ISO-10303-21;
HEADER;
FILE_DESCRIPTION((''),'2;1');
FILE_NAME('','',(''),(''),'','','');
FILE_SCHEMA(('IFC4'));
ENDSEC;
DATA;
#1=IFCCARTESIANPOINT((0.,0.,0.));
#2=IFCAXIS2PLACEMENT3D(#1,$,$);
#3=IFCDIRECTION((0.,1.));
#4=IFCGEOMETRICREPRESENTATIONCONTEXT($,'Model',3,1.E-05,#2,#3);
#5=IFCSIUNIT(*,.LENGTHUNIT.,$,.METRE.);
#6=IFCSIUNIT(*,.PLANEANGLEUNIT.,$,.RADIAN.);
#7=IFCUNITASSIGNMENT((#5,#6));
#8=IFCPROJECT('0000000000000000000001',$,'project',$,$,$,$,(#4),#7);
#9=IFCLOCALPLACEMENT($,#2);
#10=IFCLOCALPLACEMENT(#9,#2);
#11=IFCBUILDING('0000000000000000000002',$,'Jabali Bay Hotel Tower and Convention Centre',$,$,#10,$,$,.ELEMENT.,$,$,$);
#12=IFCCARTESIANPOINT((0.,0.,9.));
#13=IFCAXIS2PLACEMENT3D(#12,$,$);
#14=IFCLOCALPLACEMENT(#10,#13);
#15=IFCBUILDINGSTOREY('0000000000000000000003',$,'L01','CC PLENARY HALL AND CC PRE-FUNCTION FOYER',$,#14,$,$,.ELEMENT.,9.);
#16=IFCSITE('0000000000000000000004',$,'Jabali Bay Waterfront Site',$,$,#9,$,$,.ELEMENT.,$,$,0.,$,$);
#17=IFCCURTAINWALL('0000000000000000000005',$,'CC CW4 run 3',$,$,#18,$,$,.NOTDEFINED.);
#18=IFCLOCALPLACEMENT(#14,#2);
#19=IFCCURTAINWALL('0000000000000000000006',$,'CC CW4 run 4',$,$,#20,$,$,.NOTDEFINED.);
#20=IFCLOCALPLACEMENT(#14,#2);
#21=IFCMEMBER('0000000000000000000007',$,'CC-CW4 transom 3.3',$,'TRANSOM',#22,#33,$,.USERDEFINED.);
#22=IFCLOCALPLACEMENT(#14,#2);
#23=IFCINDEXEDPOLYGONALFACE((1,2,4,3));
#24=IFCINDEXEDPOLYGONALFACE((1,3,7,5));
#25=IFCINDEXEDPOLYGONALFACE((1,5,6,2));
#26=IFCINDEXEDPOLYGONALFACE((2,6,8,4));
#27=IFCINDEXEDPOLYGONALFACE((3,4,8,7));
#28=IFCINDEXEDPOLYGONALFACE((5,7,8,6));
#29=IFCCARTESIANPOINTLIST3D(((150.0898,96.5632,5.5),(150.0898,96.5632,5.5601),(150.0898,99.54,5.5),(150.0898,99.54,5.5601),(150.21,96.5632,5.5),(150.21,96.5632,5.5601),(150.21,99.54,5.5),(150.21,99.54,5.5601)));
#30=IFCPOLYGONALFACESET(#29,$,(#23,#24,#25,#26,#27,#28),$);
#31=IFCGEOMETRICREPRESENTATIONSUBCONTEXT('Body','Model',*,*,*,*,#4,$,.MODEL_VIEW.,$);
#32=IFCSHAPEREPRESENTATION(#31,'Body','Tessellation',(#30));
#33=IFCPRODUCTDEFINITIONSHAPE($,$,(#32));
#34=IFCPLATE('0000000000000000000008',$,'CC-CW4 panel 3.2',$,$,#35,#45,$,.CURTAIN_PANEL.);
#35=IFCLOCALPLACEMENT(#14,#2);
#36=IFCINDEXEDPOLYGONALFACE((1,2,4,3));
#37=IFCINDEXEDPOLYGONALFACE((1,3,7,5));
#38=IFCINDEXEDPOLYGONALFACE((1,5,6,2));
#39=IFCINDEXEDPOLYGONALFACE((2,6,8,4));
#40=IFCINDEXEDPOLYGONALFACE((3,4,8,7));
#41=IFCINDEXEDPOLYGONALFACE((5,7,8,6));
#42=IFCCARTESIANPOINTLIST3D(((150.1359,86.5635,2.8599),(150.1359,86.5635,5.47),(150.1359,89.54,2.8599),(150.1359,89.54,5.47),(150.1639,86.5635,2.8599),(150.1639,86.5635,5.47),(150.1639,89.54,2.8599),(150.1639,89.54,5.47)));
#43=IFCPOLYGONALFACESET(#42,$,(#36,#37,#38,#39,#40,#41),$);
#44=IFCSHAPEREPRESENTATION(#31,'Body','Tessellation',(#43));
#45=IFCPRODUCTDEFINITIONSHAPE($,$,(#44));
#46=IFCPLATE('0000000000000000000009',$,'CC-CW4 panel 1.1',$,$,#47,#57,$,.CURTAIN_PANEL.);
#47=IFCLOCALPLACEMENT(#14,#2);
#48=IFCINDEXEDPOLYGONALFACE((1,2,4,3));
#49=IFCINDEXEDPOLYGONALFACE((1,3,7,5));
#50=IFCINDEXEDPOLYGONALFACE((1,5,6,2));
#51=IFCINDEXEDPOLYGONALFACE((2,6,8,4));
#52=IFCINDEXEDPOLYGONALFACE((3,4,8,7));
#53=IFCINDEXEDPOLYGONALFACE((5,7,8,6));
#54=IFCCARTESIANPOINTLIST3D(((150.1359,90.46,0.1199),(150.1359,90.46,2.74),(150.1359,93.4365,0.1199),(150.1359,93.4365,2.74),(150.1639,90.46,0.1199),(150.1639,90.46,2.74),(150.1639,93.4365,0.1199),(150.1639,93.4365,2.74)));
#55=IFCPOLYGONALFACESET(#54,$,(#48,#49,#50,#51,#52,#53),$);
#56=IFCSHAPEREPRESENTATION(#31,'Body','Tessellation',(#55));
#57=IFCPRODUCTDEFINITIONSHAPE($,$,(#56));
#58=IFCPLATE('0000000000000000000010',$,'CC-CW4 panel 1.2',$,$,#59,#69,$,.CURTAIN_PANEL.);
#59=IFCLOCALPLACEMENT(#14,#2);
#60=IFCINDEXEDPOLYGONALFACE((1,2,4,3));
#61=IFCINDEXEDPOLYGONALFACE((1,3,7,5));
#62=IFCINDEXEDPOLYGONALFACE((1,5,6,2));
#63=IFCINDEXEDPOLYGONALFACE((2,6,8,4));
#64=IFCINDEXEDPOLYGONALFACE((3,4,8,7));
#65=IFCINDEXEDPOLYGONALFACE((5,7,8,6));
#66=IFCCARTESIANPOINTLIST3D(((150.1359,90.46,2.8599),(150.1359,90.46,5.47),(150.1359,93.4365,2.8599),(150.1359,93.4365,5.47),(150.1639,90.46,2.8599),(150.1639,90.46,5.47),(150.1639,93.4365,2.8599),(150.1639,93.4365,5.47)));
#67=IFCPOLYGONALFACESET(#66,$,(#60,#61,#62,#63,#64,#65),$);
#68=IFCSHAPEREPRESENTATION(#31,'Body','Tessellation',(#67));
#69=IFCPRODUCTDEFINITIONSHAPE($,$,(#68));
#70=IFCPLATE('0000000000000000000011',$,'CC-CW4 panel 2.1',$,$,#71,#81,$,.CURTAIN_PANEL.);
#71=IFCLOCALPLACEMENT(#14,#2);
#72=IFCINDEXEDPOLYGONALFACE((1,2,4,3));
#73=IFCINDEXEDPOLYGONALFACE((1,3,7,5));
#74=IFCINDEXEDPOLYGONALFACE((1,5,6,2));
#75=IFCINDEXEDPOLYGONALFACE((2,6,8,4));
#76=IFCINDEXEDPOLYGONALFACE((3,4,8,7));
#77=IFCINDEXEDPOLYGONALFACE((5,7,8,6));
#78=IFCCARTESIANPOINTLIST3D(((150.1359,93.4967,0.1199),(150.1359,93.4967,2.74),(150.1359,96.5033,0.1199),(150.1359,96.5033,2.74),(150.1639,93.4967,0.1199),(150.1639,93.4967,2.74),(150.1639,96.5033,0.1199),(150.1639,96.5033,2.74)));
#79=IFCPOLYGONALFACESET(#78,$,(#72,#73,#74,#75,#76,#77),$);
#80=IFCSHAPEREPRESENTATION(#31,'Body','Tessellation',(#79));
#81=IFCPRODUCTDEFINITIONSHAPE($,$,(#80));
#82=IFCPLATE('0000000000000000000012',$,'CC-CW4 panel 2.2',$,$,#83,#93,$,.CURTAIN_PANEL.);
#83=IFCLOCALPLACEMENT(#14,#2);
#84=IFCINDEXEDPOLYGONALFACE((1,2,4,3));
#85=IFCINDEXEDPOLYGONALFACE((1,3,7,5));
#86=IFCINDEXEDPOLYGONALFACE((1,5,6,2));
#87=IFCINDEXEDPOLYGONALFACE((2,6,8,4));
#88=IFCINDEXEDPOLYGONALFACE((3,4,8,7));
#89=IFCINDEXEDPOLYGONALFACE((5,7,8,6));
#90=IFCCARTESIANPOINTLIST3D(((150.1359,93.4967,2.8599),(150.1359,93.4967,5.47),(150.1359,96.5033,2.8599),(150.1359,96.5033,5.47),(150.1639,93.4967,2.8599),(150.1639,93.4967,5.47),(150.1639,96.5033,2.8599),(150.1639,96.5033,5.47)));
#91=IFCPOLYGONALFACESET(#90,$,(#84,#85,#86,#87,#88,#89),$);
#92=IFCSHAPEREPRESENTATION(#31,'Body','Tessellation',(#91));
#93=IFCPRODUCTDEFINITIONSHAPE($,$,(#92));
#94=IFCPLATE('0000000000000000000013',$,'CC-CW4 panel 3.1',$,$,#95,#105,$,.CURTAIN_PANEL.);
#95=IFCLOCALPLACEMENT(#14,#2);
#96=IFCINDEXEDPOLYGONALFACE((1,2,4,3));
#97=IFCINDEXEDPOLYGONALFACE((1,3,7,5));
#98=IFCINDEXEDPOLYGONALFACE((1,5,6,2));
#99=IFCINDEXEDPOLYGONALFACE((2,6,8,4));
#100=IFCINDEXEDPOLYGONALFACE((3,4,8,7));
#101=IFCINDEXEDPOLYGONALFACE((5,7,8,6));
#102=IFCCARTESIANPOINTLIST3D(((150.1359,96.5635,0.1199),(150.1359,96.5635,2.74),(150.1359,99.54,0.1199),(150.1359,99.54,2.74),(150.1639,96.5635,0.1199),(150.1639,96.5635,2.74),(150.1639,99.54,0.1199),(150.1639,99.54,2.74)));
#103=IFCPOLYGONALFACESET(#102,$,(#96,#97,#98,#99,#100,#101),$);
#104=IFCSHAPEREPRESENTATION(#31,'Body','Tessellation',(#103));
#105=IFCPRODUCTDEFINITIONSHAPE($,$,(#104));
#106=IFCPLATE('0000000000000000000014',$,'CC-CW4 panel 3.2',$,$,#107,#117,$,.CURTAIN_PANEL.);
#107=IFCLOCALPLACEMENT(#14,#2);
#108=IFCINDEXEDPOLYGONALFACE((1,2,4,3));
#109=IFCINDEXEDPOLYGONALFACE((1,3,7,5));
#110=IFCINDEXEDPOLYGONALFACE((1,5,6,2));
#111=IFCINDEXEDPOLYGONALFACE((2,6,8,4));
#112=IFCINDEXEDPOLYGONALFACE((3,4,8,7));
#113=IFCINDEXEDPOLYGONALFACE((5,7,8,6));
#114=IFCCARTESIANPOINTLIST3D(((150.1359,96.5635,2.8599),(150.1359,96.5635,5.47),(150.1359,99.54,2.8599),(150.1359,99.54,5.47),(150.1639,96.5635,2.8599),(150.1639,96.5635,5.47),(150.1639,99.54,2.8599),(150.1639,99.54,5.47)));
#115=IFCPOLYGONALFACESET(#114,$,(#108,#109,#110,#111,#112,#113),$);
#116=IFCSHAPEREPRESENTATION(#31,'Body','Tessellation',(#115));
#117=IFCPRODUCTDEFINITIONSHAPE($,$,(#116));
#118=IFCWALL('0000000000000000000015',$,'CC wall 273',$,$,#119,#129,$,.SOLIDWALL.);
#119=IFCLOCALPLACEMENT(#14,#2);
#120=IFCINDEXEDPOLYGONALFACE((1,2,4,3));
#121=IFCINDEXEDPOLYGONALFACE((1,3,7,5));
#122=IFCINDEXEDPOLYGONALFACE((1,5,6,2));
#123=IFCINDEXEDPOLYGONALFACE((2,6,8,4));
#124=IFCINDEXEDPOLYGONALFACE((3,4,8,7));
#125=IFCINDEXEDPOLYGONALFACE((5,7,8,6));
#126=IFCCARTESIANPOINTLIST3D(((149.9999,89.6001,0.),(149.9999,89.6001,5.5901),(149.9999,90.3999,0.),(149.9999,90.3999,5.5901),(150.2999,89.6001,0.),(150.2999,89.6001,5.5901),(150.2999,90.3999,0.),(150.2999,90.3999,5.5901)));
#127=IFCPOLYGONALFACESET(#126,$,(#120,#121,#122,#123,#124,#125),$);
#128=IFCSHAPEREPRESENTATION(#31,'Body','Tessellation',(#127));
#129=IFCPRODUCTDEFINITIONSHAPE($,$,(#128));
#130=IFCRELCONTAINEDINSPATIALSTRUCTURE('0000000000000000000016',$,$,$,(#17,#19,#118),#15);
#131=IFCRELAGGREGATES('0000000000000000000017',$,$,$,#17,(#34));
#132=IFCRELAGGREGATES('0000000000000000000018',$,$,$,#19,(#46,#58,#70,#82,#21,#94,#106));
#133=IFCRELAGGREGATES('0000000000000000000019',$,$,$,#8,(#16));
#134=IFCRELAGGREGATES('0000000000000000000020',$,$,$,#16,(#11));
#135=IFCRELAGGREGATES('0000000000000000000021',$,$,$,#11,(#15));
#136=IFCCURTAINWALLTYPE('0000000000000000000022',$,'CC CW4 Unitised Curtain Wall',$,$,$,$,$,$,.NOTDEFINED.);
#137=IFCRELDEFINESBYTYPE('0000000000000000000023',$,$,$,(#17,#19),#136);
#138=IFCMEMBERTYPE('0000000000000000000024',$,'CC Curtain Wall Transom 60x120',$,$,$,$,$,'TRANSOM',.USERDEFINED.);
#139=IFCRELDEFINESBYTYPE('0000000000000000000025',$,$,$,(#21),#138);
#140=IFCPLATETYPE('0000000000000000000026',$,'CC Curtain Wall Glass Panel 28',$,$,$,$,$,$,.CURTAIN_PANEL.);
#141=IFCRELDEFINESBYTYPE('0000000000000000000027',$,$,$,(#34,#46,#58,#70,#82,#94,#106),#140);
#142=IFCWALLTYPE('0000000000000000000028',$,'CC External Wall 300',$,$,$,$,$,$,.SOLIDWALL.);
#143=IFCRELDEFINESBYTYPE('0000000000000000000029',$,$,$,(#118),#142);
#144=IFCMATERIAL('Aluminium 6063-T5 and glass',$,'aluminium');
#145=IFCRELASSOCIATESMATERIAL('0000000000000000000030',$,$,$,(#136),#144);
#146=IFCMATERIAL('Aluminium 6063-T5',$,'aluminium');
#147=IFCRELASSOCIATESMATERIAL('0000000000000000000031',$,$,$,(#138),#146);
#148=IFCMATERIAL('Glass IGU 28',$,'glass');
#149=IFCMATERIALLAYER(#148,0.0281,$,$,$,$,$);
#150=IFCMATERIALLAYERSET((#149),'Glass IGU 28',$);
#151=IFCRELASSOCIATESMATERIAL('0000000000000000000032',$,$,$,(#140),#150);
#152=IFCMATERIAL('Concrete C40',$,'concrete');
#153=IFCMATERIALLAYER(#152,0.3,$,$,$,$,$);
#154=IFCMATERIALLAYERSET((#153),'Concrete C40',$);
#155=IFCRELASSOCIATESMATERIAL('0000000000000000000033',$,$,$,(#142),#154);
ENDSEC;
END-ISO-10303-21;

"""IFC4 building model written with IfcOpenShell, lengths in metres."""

from ifc_helpers import new_model, si_unit, direction, frame, frame_2d, origin, origin_2d, place, context, subcontext, project, spatial, rectangle, extrude, material, layer, layer_set, material_profile, profile_set, type_object, element, aggregate, save


model = new_model("IFC4")

# Units and contexts
model_context = context("Model", 3, precision=1e-05, world=origin(), true_north=direction((0.0, 1.0)))
body_context = subcontext(model_context, "Body", "Model", "MODEL_VIEW")
ifc_project = project(units=[si_unit("LENGTHUNIT", "METRE"), si_unit("PLANEANGLEUNIT", "RADIAN")], contexts=[model_context])

# Site, building, storey
site_placement = place(None, origin())
site = spatial("IfcSite", under=ifc_project, at=site_placement, Name="Jabali Bay Waterfront Site", CompositionType="ELEMENT", RefElevation=0.0)
building_placement = place(site_placement, origin())
building = spatial("IfcBuilding", under=site, at=building_placement, Name="Jabali Bay Hotel Tower and Convention Centre", CompositionType="ELEMENT")
storey_placement = place(building_placement, frame((0.0, 0.0, 9.0)))
storey = spatial("IfcBuildingStorey", under=building, at=storey_placement, Name="L01", Description="CC PLENARY HALL AND CC PRE-FUNCTION FOYER", CompositionType="ELEMENT", Elevation=9.0)

# Shared definitions
ifc_material_1 = material(Name="Concrete C40", Category="concrete")

# Curtain wall
ifc_material_2 = material(Name="Aluminium 6063-T5 and glass", Category="aluminium")
curtain_wall_type = type_object("IfcCurtainWallType", Name="CC CW4 Unitised Curtain Wall", PredefinedType="NOTDEFINED", material=ifc_material_2)
curtain_wall_1_placement = place(storey_placement, origin())
curtain_wall_1 = element("IfcCurtainWall", 1, at=curtain_wall_1_placement, inside=storey, type_object=curtain_wall_type, Name="CC CW4 run 3", PredefinedType="NOTDEFINED")
ifc_material_3 = material(Name="Aluminium 6063-T5", Category="aluminium")

# Curtain wall, member
curtain_wall_2_placement = place(storey_placement, origin())
curtain_wall_2 = element("IfcCurtainWall", 2, at=curtain_wall_2_placement, inside=storey, type_object=curtain_wall_type, Name="CC CW4 run 4", PredefinedType="NOTDEFINED")
ifc_material_profile_1 = material_profile(ifc_material_3, rectangle(XDim=0.1201, YDim=0.0601, at=origin_2d()), Name="AL 120x60")
ifc_profile_set_1 = profile_set([ifc_material_profile_1], Name="Aluminium 6063-T5")
member_type_1 = type_object("IfcMemberType", Name="CC Curtain Wall Transom 60x120", ElementType="TRANSOM", PredefinedType="USERDEFINED", material=ifc_profile_set_1)
member_1_placement = place(storey_placement, frame((150.1499, 96.5632, 5.53), z_axis=(0.0, 1.0, 0.0), x_axis=(-1.0, 0.0, 0.0)))
member_1 = element("IfcMember", 3, at=member_1_placement, type_object=member_type_1, Name="CC-CW4 transom 3.3", ObjectType="TRANSOM", PredefinedType="USERDEFINED", context=body_context, shape_type="SweptSolid", body=[
    extrude(rectangle(XDim=0.1201, YDim=0.0601, at=origin_2d()), origin(), (0.0, 0.0, 1.0), 2.9768),
])

# Plates
ifc_material_4 = material(Name="Glass IGU 28", Category="glass")
ifc_layer_1 = layer(ifc_material_4, 0.0281)
ifc_layer_set_1 = layer_set([ifc_layer_1], Name="Glass IGU 28")
plate_type = type_object("IfcPlateType", Name="CC Curtain Wall Glass Panel 28", PredefinedType="CURTAIN_PANEL", material=ifc_layer_set_1)
plate_1_placement = place(storey_placement, frame((150.1499, 88.0518, 2.8599), z_axis=(0.0, 0.0, 1.0), x_axis=(0.0, 1.0, 0.0)))
plate_1 = element("IfcPlate", 4, at=plate_1_placement, type_object=plate_type, Name="CC-CW4 panel 3.2", PredefinedType="CURTAIN_PANEL", context=body_context, shape_type="SweptSolid", body=[
    extrude(rectangle(XDim=2.9766, YDim=0.0281, at=origin_2d()), origin(), (0.0, 0.0, 1.0), 2.6101),
])
aggregate(curtain_wall_1, [plate_1])
plate_2_placement = place(storey_placement, frame((150.1499, 91.9482, 0.1199), z_axis=(0.0, 0.0, 1.0), x_axis=(0.0, 1.0, 0.0)))
plate_2 = element("IfcPlate", 5, at=plate_2_placement, type_object=plate_type, Name="CC-CW4 panel 1.1", PredefinedType="CURTAIN_PANEL", context=body_context, shape_type="SweptSolid", body=[
    extrude(rectangle(XDim=2.9766, YDim=0.0281, at=origin_2d()), origin(), (0.0, 0.0, 1.0), 2.6201),
])
plate_3_placement = place(storey_placement, frame((150.1499, 91.9482, 2.8599), z_axis=(0.0, 0.0, 1.0), x_axis=(0.0, 1.0, 0.0)))
plate_3 = element("IfcPlate", 6, at=plate_3_placement, type_object=plate_type, Name="CC-CW4 panel 1.2", PredefinedType="CURTAIN_PANEL", context=body_context, shape_type="SweptSolid", body=[
    extrude(rectangle(XDim=2.9766, YDim=0.0281, at=origin_2d()), origin(), (0.0, 0.0, 1.0), 2.6101),
])
plate_4_placement = place(storey_placement, frame((150.1499, 95.0, 0.1199), z_axis=(0.0, 0.0, 1.0), x_axis=(0.0, 1.0, 0.0)))
plate_4 = element("IfcPlate", 7, at=plate_4_placement, type_object=plate_type, Name="CC-CW4 panel 2.1", PredefinedType="CURTAIN_PANEL", context=body_context, shape_type="SweptSolid", body=[
    extrude(rectangle(XDim=3.0066, YDim=0.0281, at=origin_2d()), origin(), (0.0, 0.0, 1.0), 2.6201),
])
plate_5_placement = place(storey_placement, frame((150.1499, 95.0, 2.8599), z_axis=(0.0, 0.0, 1.0), x_axis=(0.0, 1.0, 0.0)))
plate_5 = element("IfcPlate", 8, at=plate_5_placement, type_object=plate_type, Name="CC-CW4 panel 2.2", PredefinedType="CURTAIN_PANEL", context=body_context, shape_type="SweptSolid", body=[
    extrude(rectangle(XDim=3.0066, YDim=0.0281, at=origin_2d()), origin(), (0.0, 0.0, 1.0), 2.6101),
])
plate_6_placement = place(storey_placement, frame((150.1499, 98.0518, 0.1199), z_axis=(0.0, 0.0, 1.0), x_axis=(0.0, 1.0, 0.0)))
plate_6 = element("IfcPlate", 9, at=plate_6_placement, type_object=plate_type, Name="CC-CW4 panel 3.1", PredefinedType="CURTAIN_PANEL", context=body_context, shape_type="SweptSolid", body=[
    extrude(rectangle(XDim=2.9766, YDim=0.0281, at=origin_2d()), origin(), (0.0, 0.0, 1.0), 2.6201),
])
plate_7_placement = place(storey_placement, frame((150.1499, 98.0518, 2.8599), z_axis=(0.0, 0.0, 1.0), x_axis=(0.0, 1.0, 0.0)))
plate_7 = element("IfcPlate", 10, at=plate_7_placement, type_object=plate_type, Name="CC-CW4 panel 3.2", PredefinedType="CURTAIN_PANEL", context=body_context, shape_type="SweptSolid", body=[
    extrude(rectangle(XDim=2.9766, YDim=0.0281, at=origin_2d()), origin(), (0.0, 0.0, 1.0), 2.6101),
])
aggregate(curtain_wall_2, [plate_2, plate_3, plate_4, plate_5, member_1, plate_6, plate_7])

# Wall
ifc_layer_2 = layer(ifc_material_1, 0.3)
ifc_layer_set_2 = layer_set([ifc_layer_2], Name="Concrete C40")
wall_type = type_object("IfcWallType", Name="CC External Wall 300", PredefinedType="SOLIDWALL", material=ifc_layer_set_2)
wall_placement = place(storey_placement, frame((150.1499, 89.6001, 0.0), z_axis=(0.0, 0.0, 1.0), x_axis=(0.0, 1.0, 0.0)))
element("IfcWall", 11, at=wall_placement, inside=storey, type_object=wall_type, Name="CC wall 273", PredefinedType="SOLIDWALL", context=body_context, shape_type="SweptSolid", body=[
    extrude(rectangle(XDim=0.7998, YDim=0.3, at=frame_2d((0.3999, 0.0))), origin(), (0.0, 0.0, 1.0), 5.5901),
])

save(model, "model.ifc")
